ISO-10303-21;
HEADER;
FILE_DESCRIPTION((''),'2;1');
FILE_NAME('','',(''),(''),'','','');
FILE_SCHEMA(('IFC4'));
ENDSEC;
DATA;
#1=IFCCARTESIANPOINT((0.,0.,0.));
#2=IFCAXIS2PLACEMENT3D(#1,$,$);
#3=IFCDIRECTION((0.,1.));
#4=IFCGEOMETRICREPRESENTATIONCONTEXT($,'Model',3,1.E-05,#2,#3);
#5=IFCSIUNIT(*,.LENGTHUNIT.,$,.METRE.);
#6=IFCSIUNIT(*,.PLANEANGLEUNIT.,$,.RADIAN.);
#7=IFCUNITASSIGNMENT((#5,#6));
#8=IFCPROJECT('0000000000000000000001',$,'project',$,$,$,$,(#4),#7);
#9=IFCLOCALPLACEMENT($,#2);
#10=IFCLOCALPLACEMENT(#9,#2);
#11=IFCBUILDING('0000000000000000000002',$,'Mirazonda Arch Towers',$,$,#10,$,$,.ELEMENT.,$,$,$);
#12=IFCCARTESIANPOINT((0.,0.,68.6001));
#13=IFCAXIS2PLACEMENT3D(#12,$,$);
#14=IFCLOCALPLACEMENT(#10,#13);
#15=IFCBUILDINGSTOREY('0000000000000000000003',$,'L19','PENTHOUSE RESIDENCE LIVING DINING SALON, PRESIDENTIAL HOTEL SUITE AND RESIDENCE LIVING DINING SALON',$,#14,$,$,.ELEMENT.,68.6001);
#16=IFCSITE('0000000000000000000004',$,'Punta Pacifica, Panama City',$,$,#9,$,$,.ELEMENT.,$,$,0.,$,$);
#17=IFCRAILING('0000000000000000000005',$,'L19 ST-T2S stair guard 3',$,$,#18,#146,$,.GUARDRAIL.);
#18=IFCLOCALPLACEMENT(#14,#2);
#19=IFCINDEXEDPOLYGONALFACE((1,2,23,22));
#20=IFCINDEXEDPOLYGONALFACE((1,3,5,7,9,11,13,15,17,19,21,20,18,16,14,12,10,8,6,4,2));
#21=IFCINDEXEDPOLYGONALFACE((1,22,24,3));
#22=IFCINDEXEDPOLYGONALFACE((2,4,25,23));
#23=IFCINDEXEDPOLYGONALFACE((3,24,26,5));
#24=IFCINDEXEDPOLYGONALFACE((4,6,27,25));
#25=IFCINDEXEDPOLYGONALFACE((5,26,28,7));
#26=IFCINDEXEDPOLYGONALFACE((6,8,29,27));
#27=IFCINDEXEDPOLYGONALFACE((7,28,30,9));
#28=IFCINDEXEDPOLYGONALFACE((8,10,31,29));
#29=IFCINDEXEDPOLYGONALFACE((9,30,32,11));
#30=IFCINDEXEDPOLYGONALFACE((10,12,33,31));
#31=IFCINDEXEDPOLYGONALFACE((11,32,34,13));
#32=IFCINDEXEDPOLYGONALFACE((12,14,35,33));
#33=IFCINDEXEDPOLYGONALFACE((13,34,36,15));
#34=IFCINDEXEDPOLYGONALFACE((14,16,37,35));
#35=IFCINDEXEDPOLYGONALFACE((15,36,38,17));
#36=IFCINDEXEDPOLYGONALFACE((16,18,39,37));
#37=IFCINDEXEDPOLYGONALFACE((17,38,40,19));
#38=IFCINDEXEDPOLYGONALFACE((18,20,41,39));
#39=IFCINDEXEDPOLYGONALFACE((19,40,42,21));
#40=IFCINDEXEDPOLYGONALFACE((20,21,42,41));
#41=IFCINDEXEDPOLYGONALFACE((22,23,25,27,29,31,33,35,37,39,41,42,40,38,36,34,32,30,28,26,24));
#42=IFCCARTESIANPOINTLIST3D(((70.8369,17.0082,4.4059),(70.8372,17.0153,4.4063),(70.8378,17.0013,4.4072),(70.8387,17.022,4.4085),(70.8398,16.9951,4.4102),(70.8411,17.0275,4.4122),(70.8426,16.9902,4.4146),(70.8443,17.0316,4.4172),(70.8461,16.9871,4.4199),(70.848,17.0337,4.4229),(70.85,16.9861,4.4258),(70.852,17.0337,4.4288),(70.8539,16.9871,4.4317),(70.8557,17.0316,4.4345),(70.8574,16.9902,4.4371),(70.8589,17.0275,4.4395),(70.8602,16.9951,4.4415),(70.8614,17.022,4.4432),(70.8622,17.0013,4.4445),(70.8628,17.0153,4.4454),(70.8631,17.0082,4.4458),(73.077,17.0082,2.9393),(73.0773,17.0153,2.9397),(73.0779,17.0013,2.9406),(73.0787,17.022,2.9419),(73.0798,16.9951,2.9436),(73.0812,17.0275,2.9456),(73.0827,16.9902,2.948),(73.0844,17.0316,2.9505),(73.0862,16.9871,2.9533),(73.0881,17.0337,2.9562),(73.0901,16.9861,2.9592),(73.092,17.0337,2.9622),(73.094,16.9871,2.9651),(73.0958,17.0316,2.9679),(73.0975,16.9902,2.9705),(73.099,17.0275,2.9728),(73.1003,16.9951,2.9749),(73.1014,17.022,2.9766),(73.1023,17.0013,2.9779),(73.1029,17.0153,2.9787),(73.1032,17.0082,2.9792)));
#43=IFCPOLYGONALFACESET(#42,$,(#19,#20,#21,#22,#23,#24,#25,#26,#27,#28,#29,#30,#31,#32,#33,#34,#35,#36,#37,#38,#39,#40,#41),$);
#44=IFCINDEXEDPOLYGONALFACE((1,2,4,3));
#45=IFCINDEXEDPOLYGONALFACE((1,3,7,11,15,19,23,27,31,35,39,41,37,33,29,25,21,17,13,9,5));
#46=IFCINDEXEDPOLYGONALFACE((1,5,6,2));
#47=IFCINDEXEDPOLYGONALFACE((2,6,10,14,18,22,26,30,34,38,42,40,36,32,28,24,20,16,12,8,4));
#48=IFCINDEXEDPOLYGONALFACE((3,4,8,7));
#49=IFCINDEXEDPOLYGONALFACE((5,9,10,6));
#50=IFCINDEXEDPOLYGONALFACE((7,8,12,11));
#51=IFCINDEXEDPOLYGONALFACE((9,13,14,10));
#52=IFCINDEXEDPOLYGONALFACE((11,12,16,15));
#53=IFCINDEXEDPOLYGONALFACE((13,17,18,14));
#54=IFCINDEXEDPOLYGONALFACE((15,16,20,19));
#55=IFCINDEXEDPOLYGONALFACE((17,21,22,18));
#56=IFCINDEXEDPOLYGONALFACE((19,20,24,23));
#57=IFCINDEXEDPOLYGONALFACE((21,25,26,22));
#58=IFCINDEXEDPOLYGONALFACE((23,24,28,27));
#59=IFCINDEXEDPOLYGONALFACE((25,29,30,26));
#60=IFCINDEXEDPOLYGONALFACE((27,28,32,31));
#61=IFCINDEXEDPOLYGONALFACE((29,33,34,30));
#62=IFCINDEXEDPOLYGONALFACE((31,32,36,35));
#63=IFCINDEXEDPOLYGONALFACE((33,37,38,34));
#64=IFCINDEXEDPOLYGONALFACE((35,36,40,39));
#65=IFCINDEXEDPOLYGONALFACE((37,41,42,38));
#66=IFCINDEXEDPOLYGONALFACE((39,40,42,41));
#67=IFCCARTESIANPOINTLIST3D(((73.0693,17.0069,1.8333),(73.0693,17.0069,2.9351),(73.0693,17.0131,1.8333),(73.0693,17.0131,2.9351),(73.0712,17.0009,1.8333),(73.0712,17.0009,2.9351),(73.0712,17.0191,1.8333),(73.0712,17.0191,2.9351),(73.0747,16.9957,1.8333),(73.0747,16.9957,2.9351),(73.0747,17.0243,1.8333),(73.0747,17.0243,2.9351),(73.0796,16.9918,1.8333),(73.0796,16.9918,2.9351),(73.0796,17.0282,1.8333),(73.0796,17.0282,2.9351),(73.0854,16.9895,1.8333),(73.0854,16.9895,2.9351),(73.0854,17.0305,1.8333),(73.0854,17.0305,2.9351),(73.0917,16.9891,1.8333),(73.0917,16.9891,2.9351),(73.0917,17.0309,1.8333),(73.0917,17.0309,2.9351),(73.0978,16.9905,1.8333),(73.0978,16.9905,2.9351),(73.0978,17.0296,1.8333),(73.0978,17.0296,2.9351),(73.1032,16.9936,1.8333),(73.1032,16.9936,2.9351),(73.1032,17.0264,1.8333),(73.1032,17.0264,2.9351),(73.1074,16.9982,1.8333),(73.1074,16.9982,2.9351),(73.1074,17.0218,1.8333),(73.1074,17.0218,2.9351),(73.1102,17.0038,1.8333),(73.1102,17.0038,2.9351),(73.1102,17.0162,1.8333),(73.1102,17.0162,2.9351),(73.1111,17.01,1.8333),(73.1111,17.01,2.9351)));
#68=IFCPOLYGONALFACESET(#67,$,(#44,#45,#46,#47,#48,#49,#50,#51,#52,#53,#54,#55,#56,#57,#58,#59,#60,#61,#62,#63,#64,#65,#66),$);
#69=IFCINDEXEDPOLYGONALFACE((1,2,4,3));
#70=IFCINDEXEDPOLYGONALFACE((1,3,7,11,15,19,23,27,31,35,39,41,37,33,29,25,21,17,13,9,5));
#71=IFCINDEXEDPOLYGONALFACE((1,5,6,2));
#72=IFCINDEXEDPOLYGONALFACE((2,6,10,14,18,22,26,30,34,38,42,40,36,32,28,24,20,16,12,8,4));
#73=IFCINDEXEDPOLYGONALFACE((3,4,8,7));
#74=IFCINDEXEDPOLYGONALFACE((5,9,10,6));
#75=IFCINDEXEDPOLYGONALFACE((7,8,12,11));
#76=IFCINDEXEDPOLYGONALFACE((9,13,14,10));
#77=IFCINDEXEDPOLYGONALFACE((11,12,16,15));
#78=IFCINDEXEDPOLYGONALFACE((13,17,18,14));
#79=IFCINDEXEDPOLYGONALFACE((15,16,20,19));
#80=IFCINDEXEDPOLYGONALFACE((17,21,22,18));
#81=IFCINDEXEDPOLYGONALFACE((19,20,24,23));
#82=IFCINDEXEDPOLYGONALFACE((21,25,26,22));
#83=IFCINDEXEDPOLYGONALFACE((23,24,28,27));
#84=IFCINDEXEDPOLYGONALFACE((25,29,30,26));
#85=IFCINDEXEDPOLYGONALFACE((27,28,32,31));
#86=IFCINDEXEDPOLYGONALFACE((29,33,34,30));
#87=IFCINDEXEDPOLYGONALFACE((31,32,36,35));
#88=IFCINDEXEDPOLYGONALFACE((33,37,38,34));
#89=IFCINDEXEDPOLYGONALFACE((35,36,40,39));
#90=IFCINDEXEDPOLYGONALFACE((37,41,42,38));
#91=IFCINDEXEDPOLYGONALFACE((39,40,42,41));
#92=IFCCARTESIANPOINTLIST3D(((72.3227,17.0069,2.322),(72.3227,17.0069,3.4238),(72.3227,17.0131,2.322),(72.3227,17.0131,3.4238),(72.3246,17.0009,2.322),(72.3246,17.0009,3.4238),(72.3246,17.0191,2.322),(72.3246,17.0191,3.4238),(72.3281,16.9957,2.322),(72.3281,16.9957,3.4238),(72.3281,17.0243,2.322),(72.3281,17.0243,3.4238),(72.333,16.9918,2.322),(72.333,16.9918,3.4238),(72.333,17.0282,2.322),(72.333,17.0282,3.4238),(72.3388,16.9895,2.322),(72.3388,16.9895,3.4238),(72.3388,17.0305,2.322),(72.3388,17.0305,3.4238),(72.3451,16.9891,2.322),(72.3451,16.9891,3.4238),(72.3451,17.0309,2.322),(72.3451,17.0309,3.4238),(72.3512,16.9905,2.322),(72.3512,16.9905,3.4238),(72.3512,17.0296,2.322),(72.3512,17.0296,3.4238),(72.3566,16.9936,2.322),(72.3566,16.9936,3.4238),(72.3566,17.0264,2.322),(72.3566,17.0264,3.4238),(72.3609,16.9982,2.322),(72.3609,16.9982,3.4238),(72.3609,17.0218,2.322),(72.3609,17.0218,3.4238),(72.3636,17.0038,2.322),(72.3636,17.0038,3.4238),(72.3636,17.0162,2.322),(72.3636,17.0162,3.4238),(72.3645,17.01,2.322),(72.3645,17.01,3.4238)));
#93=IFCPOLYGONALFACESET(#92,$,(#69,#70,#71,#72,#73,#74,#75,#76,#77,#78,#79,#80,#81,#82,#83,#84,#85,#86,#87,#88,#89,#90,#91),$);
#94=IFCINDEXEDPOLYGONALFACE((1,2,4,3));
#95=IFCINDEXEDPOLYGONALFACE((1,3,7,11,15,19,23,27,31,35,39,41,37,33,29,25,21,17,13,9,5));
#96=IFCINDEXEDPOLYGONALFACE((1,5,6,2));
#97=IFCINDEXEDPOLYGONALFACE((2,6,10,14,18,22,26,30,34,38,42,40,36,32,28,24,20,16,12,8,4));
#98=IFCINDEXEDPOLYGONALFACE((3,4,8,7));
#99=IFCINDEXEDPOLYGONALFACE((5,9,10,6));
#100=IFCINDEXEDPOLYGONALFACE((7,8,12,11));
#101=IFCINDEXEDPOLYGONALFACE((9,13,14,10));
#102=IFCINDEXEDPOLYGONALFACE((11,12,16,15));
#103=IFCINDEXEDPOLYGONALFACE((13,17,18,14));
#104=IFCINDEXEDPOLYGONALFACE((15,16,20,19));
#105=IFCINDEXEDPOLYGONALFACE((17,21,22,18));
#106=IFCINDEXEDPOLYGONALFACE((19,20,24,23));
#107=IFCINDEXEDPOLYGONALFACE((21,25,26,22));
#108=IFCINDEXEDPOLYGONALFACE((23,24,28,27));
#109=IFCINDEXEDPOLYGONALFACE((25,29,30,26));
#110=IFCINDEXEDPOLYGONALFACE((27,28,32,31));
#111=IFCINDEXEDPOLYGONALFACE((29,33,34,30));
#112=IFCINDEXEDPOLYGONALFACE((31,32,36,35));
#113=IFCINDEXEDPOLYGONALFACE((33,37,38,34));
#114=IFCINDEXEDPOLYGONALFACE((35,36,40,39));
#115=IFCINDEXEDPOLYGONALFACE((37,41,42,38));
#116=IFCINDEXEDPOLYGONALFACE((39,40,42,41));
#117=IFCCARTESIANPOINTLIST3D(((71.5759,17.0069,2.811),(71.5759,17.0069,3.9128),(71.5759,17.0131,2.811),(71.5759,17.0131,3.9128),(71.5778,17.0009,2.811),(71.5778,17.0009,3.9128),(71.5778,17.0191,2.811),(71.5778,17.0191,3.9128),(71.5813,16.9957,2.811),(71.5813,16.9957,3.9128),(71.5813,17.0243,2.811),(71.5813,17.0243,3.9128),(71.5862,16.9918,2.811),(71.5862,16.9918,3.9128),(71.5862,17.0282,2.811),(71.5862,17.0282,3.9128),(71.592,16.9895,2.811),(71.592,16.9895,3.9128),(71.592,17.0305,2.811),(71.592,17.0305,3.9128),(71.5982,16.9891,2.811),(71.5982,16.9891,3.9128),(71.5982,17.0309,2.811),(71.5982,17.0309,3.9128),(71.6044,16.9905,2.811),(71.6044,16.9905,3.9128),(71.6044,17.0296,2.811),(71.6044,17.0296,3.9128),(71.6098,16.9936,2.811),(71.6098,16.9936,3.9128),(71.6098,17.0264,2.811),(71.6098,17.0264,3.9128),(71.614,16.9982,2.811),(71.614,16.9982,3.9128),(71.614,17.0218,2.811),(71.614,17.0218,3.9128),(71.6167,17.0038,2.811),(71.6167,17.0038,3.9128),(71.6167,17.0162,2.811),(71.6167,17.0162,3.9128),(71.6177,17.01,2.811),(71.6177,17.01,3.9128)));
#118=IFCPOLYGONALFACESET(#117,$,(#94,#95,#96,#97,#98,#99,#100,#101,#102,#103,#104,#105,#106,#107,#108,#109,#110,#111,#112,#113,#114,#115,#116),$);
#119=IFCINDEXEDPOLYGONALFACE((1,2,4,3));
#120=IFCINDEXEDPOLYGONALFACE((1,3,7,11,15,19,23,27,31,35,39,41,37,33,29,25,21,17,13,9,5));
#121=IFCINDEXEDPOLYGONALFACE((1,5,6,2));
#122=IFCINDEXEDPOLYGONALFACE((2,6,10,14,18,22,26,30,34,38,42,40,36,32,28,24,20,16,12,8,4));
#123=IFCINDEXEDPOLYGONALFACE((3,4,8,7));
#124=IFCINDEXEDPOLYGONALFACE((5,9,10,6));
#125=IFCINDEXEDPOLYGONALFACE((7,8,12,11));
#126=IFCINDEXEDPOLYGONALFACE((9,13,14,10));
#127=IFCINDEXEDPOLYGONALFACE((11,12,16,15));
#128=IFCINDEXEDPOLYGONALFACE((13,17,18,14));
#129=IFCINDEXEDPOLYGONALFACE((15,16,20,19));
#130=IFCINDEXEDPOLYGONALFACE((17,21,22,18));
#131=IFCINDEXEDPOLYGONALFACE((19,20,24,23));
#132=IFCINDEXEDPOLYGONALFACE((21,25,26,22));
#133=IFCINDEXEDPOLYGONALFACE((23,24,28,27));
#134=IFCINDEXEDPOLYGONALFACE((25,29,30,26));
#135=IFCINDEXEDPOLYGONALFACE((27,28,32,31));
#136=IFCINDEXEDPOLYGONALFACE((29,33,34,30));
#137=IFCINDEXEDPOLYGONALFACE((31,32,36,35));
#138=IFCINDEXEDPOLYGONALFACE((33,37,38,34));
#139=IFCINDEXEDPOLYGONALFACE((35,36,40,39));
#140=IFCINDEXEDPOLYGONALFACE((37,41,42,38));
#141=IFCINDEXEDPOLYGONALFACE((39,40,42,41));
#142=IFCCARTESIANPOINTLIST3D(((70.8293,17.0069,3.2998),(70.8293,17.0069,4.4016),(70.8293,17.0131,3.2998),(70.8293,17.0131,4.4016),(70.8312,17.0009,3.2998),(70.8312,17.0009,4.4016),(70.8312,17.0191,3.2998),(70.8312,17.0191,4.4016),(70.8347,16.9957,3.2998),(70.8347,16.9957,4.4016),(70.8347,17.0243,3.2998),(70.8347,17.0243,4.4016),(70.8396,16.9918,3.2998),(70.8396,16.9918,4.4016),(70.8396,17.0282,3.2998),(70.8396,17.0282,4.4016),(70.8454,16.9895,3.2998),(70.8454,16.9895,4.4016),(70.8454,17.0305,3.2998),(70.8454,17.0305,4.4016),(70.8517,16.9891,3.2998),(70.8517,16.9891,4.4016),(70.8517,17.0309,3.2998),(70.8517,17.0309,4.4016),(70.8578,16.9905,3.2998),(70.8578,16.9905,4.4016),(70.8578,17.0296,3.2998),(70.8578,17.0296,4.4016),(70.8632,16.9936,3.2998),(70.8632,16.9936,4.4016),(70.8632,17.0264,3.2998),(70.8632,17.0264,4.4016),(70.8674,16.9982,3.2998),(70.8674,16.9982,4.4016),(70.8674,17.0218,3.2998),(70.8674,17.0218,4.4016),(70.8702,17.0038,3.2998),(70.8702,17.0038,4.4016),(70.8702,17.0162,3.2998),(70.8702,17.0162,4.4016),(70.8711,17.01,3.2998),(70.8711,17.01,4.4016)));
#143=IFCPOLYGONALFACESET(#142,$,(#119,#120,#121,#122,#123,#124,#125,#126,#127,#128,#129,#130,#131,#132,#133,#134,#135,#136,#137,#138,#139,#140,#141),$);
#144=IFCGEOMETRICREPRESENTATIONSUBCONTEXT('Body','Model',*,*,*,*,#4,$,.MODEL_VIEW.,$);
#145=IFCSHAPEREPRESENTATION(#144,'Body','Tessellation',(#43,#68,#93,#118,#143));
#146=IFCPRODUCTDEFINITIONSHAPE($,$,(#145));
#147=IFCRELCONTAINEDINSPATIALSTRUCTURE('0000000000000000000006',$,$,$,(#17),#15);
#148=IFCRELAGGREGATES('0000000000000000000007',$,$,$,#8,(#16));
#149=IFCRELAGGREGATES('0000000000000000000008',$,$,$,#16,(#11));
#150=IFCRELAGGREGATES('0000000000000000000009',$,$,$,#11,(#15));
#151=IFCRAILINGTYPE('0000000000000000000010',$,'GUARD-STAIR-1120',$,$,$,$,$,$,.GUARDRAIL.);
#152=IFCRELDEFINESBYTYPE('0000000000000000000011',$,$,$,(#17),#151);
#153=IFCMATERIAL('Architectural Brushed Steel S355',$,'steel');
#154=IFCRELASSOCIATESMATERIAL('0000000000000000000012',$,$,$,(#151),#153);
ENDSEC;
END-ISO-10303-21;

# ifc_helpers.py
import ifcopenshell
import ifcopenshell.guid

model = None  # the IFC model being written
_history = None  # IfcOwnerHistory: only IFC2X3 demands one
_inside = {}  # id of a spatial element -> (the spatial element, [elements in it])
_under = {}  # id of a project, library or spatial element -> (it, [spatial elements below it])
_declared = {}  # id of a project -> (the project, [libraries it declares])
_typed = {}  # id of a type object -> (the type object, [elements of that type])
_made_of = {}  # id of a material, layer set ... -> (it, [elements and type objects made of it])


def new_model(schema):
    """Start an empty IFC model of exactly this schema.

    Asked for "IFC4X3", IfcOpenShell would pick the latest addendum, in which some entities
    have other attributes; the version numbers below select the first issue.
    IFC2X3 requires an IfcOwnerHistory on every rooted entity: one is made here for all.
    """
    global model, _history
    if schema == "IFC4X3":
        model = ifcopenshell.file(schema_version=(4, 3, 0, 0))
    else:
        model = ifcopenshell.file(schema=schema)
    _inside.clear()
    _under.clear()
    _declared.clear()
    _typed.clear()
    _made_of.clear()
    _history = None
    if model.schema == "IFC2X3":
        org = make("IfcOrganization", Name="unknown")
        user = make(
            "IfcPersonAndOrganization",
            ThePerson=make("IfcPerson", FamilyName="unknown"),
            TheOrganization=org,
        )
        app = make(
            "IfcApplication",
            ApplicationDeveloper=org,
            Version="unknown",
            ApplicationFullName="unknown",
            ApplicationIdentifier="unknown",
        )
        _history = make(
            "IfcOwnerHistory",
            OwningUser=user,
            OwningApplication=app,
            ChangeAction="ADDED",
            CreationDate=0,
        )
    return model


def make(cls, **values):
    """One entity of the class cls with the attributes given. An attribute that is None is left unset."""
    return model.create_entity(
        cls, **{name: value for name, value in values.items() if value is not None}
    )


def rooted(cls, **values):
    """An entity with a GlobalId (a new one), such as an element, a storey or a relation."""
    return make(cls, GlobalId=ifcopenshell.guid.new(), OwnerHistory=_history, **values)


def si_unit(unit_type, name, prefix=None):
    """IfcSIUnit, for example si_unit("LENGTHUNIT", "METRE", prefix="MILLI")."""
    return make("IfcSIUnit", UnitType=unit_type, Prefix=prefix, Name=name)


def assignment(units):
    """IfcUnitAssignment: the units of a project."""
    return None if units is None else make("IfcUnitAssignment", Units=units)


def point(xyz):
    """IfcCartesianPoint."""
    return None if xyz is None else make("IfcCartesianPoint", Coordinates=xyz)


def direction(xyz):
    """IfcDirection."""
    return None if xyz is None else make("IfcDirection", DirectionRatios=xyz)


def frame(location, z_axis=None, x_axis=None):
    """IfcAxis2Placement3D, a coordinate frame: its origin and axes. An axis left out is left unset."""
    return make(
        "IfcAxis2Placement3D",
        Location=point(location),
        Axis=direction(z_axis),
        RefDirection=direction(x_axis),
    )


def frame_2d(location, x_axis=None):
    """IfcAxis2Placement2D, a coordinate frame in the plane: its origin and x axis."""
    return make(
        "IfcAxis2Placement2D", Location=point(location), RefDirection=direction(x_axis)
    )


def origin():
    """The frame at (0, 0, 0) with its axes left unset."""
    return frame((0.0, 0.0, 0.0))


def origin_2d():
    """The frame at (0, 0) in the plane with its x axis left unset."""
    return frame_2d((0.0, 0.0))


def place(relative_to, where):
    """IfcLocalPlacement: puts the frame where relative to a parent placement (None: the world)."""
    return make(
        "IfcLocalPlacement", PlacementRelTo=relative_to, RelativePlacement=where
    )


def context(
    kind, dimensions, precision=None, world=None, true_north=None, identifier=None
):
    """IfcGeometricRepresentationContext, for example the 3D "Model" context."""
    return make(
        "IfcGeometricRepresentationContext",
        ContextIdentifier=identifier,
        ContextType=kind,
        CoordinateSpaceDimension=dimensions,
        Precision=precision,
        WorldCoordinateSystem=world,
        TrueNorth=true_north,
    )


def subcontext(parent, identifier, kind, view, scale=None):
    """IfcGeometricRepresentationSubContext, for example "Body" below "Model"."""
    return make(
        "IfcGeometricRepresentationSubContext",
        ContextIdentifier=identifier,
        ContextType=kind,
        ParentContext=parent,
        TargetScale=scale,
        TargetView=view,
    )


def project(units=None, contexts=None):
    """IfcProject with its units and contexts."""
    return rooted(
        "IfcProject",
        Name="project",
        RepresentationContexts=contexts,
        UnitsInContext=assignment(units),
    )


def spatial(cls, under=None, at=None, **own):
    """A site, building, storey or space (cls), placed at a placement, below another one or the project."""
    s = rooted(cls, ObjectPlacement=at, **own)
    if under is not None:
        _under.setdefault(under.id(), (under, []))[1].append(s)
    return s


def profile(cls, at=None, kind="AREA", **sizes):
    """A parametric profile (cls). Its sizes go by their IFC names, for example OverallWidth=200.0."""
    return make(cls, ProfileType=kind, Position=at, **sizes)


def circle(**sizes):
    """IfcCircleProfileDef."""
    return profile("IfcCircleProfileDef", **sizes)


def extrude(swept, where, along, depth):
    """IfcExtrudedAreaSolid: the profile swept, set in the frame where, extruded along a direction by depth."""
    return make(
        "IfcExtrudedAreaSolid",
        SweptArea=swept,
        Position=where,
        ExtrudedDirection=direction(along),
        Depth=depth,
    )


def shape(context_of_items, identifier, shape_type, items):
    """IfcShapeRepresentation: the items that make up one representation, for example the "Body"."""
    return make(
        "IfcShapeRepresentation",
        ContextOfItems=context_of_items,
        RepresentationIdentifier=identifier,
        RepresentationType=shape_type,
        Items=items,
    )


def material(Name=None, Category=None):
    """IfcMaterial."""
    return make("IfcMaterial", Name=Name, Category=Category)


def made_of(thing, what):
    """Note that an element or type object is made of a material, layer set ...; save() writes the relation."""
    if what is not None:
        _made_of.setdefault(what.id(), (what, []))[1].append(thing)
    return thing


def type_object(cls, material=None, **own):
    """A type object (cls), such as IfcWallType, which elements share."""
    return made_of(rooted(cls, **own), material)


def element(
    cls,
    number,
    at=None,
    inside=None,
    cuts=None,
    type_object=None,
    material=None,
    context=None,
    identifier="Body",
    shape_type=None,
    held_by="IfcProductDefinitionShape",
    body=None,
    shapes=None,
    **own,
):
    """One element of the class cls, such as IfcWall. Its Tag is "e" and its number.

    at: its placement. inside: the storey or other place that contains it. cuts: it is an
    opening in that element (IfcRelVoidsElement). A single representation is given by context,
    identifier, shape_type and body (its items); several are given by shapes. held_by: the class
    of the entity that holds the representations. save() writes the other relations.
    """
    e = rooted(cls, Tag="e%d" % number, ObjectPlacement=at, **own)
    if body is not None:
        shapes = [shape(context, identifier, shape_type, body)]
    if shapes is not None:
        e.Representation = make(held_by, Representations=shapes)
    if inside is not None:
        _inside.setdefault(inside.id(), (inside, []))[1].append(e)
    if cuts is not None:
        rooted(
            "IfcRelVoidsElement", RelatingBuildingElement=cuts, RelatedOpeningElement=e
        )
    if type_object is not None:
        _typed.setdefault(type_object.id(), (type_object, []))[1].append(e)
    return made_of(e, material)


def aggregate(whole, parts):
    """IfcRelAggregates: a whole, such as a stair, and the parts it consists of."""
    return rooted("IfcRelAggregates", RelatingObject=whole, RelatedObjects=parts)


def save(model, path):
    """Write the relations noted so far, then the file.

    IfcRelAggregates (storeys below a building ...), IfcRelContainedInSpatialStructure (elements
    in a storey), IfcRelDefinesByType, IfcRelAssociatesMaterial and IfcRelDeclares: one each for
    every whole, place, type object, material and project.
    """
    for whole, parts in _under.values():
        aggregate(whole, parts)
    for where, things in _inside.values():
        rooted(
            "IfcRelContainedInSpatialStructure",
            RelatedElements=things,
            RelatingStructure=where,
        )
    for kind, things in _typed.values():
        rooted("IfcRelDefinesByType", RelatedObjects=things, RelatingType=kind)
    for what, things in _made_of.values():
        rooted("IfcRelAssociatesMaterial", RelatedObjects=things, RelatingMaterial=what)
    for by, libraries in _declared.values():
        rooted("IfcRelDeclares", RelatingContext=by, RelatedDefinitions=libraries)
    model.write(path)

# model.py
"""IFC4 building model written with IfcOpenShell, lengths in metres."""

from ifc_helpers import new_model, si_unit, direction, frame, origin, origin_2d, place, context, subcontext, project, spatial, circle, extrude, material, type_object, element, save


model = new_model("IFC4")

# Units and contexts
model_context = context("Model", 3, precision=1e-05, world=origin(), true_north=direction((0.0, 1.0)))
body_context = subcontext(model_context, "Body", "Model", "MODEL_VIEW")
ifc_project = project(units=[si_unit("LENGTHUNIT", "METRE"), si_unit("PLANEANGLEUNIT", "RADIAN")], contexts=[model_context])

# Site, building, storey
site_placement = place(None, origin())
site = spatial("IfcSite", under=ifc_project, at=site_placement, Name="Punta Pacifica, Panama City", CompositionType="ELEMENT", RefElevation=0.0)
building_placement = place(site_placement, origin())
building = spatial("IfcBuilding", under=site, at=building_placement, Name="Mirazonda Arch Towers", CompositionType="ELEMENT")
storey_placement = place(building_placement, frame((0.0, 0.0, 68.6001)))
storey = spatial("IfcBuildingStorey", under=building, at=storey_placement, Name="L19", Description="PENTHOUSE RESIDENCE LIVING DINING SALON, PRESIDENTIAL HOTEL SUITE AND RESIDENCE LIVING DINING SALON", CompositionType="ELEMENT", Elevation=68.6001)

# Railing
ifc_material_1 = material(Name="Architectural Brushed Steel S355", Category="steel")
railing_type_1 = type_object("IfcRailingType", Name="GUARD-STAIR-1120", PredefinedType="GUARDRAIL", material=ifc_material_1)
railing_1_placement = place(storey_placement, frame((73.0901, 17.01, 1.8333)))
element("IfcRailing", 1, at=railing_1_placement, inside=storey, type_object=railing_type_1, Name="L19 ST-T2S stair guard 3", PredefinedType="GUARDRAIL", context=body_context, shape_type="SweptSolid", body=[
    extrude(circle(Radius=0.0239, at=origin_2d()), frame((0.0, 0.0, 1.126), z_axis=(-0.836637, 0.0, 0.547758), x_axis=(0.0, -1.0, 0.0)), (0.0, 0.0, 1.0), 2.6775),
    extrude(circle(Radius=0.021, at=origin_2d()), origin(), (0.0, 0.0, 1.0), 1.1018),
    extrude(circle(Radius=0.021, at=origin_2d()), frame((-0.7466, 0.0, 0.4888)), (0.0, 0.0, 1.0), 1.1018),
    extrude(circle(Radius=0.021, at=origin_2d()), frame((-1.4934, 0.0, 0.9778)), (0.0, 0.0, 1.0), 1.1018),
    extrude(circle(Radius=0.021, at=origin_2d()), frame((-2.24, 0.0, 1.4666)), (0.0, 0.0, 1.0), 1.1018),
])

save(model, "model.ifc")
